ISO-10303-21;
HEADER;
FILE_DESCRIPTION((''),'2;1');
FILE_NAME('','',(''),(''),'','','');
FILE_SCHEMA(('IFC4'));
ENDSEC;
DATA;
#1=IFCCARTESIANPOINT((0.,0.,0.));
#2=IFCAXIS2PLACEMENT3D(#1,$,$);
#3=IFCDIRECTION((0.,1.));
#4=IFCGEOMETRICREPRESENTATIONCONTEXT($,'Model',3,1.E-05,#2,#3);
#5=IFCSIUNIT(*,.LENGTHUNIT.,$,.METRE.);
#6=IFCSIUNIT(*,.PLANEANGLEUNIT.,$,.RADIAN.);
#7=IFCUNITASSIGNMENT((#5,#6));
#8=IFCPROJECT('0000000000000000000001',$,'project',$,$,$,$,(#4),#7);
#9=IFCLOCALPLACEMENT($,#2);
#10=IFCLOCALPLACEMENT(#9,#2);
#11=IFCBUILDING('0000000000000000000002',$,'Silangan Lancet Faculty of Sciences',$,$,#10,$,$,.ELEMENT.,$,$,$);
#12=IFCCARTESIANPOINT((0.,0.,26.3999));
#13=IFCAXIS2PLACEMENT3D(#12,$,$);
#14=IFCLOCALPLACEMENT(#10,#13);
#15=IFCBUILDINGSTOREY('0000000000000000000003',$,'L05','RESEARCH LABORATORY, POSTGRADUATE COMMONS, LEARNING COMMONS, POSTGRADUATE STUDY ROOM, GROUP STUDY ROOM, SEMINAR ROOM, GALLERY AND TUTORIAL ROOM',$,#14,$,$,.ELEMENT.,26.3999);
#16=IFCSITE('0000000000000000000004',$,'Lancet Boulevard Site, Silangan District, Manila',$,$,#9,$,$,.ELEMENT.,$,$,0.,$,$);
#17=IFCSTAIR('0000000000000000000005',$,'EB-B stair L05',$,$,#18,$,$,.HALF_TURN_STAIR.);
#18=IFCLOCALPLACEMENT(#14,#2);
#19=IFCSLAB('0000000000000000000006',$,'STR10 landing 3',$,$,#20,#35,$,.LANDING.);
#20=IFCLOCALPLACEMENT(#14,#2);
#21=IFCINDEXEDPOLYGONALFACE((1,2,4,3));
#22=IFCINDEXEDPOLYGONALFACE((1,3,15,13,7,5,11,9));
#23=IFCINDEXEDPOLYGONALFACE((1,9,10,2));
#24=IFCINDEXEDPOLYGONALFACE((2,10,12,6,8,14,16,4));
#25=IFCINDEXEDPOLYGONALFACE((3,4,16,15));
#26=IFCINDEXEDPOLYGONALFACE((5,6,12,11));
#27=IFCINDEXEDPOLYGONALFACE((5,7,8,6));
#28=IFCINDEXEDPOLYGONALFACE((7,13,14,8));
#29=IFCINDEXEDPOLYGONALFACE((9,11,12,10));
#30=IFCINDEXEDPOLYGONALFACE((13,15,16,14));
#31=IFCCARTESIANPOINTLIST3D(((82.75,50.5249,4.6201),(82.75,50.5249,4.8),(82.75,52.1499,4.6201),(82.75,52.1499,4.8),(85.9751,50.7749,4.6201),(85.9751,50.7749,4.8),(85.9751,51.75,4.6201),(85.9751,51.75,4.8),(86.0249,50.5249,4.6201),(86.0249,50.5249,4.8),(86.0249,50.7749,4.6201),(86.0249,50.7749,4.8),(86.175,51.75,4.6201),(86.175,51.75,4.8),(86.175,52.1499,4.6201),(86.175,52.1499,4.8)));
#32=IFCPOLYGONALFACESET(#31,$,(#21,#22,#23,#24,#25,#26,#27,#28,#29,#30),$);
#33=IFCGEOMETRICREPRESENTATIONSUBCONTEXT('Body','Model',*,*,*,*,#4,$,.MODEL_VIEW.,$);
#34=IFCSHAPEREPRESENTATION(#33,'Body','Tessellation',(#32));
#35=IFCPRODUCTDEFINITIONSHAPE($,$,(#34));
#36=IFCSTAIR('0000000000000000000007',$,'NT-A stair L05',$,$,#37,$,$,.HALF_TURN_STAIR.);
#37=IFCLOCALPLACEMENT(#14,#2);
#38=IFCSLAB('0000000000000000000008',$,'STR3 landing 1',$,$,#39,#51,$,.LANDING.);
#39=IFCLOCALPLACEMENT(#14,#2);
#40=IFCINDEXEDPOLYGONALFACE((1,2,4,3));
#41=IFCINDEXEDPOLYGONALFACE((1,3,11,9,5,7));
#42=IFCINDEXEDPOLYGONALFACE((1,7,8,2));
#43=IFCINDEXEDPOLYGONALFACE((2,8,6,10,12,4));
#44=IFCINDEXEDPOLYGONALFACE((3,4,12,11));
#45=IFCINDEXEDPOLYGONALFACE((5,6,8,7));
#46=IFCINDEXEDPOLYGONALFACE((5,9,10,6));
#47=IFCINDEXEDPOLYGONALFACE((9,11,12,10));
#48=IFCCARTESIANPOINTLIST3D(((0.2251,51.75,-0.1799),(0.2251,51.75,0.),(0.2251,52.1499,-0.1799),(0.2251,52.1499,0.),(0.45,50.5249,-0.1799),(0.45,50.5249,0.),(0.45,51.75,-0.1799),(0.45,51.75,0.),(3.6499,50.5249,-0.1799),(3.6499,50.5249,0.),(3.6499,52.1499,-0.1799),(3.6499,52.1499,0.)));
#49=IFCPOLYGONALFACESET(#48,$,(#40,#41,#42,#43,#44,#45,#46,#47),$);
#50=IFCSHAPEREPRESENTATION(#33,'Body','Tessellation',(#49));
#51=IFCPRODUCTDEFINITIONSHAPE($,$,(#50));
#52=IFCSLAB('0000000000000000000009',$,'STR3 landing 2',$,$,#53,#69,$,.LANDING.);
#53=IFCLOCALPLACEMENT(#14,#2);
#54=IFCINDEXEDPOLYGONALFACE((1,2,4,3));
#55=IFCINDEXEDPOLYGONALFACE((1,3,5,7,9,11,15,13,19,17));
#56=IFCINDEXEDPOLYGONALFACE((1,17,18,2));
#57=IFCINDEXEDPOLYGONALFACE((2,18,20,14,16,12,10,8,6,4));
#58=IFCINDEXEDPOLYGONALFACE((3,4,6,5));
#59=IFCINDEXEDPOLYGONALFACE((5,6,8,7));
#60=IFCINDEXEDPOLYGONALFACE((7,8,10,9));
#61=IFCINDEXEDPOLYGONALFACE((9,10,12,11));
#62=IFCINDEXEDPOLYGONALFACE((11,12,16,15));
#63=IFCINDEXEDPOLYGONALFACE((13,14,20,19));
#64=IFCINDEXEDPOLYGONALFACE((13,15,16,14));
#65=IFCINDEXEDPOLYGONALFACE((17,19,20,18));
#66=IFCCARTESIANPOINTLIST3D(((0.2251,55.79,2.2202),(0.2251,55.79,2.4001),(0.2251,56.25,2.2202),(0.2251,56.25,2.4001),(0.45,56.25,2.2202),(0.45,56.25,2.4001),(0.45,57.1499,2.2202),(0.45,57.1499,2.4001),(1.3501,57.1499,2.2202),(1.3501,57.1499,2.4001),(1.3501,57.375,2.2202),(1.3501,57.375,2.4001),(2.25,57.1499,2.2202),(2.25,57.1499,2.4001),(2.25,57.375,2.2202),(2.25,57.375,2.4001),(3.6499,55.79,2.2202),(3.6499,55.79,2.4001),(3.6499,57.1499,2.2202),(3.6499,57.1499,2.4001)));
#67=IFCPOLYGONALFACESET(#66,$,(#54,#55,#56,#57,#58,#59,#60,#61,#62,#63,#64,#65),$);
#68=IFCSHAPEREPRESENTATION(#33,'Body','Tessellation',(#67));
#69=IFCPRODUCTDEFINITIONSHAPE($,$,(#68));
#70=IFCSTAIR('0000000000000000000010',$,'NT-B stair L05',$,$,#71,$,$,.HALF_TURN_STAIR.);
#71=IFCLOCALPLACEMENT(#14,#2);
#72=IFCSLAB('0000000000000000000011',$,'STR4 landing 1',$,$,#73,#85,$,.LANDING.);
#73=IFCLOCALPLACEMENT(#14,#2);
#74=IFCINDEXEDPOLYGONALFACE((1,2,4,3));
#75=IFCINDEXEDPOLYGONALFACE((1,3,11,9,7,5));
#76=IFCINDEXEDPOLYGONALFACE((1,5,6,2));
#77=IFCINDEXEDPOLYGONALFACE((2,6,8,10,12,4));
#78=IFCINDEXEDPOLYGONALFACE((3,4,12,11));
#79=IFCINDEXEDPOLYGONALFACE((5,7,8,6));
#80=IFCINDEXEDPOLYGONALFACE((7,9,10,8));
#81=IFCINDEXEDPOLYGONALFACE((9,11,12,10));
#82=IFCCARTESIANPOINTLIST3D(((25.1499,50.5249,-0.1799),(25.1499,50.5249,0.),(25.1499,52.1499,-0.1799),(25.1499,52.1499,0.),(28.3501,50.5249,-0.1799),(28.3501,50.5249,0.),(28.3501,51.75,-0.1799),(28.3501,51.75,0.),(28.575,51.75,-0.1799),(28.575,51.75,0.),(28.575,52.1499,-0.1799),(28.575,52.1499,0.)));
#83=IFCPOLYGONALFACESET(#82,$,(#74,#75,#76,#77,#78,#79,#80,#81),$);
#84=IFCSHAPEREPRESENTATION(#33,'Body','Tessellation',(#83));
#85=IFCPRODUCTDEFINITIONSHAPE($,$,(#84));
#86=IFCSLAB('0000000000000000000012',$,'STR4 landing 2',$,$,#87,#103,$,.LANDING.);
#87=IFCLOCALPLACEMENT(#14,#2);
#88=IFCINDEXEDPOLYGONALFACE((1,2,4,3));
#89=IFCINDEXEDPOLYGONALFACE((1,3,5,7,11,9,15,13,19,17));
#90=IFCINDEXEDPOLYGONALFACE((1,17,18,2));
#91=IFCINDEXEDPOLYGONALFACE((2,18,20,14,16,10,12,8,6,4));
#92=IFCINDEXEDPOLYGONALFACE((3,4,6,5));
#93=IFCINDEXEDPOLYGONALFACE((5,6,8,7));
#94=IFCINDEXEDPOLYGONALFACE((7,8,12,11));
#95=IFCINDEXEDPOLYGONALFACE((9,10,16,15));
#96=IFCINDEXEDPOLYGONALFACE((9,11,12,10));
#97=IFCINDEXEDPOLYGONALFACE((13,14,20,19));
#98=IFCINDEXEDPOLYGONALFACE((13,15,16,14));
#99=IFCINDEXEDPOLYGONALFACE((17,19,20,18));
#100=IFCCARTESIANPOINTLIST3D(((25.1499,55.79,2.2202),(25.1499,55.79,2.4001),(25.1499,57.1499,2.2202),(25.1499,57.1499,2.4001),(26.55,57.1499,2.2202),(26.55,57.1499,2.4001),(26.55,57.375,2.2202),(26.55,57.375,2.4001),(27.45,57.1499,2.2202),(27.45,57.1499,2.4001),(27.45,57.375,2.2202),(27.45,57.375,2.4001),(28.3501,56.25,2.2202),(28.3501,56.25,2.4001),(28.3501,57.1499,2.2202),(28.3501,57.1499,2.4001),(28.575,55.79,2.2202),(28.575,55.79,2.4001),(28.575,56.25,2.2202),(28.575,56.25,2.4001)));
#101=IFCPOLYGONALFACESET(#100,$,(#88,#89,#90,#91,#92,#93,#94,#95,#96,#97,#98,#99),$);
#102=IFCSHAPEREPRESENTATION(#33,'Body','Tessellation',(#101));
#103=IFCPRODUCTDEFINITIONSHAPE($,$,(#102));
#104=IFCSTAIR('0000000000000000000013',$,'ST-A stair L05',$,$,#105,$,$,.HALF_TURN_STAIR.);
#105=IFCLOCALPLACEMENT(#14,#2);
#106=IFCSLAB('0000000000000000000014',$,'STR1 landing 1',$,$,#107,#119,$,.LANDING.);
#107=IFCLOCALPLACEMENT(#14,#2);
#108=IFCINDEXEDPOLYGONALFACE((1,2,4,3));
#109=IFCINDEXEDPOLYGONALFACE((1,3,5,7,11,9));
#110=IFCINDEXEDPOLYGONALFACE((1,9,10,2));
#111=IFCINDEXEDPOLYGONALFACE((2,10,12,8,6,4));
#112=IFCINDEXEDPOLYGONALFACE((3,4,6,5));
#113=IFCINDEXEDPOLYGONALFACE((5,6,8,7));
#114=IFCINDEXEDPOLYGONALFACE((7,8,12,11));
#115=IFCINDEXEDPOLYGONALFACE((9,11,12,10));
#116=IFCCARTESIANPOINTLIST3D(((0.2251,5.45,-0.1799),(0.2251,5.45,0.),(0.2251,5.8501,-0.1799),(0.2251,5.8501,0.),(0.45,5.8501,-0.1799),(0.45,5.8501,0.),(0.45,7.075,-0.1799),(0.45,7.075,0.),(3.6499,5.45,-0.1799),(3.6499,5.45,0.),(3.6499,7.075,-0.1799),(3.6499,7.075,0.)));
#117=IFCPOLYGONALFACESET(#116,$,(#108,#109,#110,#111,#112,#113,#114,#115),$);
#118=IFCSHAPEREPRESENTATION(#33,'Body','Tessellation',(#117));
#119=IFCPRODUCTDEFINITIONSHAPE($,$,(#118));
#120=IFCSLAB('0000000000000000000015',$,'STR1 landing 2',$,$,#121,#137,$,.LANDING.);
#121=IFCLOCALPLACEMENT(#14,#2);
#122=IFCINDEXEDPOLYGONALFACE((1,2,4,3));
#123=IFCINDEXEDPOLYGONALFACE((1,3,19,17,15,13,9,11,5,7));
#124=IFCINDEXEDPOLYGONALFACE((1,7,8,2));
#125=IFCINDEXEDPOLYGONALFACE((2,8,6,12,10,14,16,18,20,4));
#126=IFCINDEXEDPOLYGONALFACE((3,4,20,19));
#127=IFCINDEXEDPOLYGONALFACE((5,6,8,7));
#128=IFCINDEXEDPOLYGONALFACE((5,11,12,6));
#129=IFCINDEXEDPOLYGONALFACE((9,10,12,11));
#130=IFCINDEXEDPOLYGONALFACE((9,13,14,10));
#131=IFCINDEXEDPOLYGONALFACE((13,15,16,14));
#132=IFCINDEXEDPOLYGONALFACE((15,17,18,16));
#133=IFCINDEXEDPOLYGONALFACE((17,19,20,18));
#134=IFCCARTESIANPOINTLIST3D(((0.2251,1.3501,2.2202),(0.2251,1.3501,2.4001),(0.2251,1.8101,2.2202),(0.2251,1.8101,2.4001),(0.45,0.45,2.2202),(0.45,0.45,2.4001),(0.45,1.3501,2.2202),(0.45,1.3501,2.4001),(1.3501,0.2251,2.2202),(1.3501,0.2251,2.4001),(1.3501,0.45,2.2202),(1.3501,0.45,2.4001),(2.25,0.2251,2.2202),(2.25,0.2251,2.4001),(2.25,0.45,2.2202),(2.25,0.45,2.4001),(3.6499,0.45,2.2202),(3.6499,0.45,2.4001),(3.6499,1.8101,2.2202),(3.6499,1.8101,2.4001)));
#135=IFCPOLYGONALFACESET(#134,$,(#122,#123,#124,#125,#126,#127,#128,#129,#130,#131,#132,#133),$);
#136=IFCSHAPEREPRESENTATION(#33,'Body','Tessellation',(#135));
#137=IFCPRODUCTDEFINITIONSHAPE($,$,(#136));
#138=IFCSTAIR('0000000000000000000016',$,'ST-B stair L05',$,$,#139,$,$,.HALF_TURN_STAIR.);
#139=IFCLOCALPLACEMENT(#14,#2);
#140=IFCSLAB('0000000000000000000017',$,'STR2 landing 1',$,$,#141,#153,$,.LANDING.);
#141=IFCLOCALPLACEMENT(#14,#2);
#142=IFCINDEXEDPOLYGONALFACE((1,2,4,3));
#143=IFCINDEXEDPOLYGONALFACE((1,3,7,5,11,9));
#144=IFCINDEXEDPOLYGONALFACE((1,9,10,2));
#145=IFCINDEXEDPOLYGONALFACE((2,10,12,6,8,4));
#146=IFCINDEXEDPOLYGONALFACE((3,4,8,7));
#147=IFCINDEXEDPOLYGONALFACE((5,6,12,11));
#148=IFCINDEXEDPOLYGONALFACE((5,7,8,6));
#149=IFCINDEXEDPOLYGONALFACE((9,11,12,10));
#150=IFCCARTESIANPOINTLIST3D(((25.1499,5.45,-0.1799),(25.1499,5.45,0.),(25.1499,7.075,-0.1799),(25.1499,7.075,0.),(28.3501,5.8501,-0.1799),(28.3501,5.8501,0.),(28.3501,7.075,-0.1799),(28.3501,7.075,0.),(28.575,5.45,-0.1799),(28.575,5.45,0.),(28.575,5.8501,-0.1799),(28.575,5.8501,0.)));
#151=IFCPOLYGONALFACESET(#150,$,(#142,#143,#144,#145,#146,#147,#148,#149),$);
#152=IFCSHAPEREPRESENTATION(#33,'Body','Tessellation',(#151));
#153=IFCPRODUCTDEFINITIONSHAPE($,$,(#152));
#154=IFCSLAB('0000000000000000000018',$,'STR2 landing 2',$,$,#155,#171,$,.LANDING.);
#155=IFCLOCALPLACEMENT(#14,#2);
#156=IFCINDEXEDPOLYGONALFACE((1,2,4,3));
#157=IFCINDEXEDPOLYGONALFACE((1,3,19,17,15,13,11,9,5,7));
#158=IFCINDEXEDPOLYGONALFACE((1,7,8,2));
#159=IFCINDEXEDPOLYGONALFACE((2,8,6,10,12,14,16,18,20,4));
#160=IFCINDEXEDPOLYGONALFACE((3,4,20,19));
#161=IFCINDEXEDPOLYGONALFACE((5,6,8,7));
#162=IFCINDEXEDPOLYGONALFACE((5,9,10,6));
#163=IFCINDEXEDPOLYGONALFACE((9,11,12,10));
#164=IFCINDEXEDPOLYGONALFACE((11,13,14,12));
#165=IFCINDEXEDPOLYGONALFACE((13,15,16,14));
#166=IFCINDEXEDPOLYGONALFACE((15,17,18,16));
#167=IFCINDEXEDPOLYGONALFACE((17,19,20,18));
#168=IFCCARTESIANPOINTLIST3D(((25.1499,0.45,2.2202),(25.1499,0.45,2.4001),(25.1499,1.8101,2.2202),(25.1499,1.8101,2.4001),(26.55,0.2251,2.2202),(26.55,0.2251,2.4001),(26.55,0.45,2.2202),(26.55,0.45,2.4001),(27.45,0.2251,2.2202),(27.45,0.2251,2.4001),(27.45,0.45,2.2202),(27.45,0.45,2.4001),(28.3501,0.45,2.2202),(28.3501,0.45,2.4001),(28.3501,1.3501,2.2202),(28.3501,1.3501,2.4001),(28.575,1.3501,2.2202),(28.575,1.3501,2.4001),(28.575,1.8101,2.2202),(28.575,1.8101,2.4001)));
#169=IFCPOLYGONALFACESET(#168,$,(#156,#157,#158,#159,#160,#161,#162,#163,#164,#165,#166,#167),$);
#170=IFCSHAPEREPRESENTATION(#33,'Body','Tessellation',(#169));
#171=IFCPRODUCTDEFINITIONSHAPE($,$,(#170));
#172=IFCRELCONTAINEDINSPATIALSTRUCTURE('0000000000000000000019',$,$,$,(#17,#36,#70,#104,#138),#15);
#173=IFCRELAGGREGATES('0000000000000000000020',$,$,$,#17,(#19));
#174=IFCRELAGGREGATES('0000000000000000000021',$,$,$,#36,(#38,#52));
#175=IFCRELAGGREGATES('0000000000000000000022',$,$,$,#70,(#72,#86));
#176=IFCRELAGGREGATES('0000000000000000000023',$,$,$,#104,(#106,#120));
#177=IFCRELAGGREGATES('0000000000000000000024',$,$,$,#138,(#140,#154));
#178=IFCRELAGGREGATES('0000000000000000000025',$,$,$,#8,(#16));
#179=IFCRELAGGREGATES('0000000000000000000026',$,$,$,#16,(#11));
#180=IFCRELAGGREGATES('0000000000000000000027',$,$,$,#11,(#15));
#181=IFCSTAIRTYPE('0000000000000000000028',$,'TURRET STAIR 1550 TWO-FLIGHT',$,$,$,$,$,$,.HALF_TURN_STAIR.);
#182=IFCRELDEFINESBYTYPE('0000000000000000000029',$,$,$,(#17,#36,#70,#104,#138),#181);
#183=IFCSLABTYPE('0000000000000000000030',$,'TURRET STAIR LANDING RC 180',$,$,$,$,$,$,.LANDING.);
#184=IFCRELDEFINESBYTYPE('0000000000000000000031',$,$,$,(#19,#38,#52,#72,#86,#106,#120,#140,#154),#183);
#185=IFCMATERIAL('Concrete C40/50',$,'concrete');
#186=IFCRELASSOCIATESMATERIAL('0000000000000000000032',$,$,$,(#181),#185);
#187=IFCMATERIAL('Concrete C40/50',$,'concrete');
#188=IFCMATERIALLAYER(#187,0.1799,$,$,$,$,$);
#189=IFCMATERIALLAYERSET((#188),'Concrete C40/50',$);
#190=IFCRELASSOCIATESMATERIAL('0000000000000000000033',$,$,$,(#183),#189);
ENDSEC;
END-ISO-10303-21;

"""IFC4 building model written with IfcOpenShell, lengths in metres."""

from ifc_helpers import new_model, si_unit, direction, frame, origin, place, context, subcontext, project, spatial, polyline, outline, extrude, material, layer, layer_set, type_object, element, aggregate, save


model = new_model("IFC4")

# Units and contexts
model_context = context("Model", 3, precision=1e-05, world=origin(), true_north=direction((0.0, 1.0)))
body_context = subcontext(model_context, "Body", "Model", "MODEL_VIEW")
ifc_project = project(units=[si_unit("LENGTHUNIT", "METRE"), si_unit("PLANEANGLEUNIT", "RADIAN")], contexts=[model_context])

# Site, building, storey
site_placement = place(None, origin())
site = spatial("IfcSite", under=ifc_project, at=site_placement, Name="Lancet Boulevard Site, Silangan District, Manila", CompositionType="ELEMENT", RefElevation=0.0)
building_placement = place(site_placement, origin())
building = spatial("IfcBuilding", under=site, at=building_placement, Name="Silangan Lancet Faculty of Sciences", CompositionType="ELEMENT")
storey_placement = place(building_placement, frame((0.0, 0.0, 26.3999)))
storey = spatial("IfcBuildingStorey", under=building, at=storey_placement, Name="L05", Description="RESEARCH LABORATORY, POSTGRADUATE COMMONS, LEARNING COMMONS, POSTGRADUATE STUDY ROOM, GROUP STUDY ROOM, SEMINAR ROOM, GALLERY AND TUTORIAL ROOM", CompositionType="ELEMENT", Elevation=26.3999)

# Stairs, slabs
ifc_material_1 = material(Name="Concrete C40/50", Category="concrete")
stair_type = type_object("IfcStairType", Name="TURRET STAIR 1550 TWO-FLIGHT", PredefinedType="HALF_TURN_STAIR", material=ifc_material_1)
stair_1_placement = place(storey_placement, origin())
stair_1 = element("IfcStair", 1, at=stair_1_placement, inside=storey, type_object=stair_type, Name="EB-B stair L05", PredefinedType="HALF_TURN_STAIR")
ifc_material_2 = material(Name="Concrete C40/50", Category="concrete")
ifc_layer_1 = layer(ifc_material_2, 0.1799)
ifc_layer_set_1 = layer_set([ifc_layer_1], Name="Concrete C40/50")
slab_type_1 = type_object("IfcSlabType", Name="TURRET STAIR LANDING RC 180", PredefinedType="LANDING", material=ifc_layer_set_1)
slab_1_placement = place(storey_placement, frame((0.0, 0.0, 4.6201)))
slab_1 = element("IfcSlab", 2, at=slab_1_placement, type_object=slab_type_1, Name="STR10 landing 3", PredefinedType="LANDING", context=body_context, shape_type="SweptSolid", body=[
    extrude(outline(polyline([(86.0249, 50.5249), (82.75, 50.5249), (82.75, 52.1499), (86.175, 52.1499), (86.175, 51.75), (85.9751, 51.75), (85.9751, 50.7749), (86.0249, 50.7749), (86.0249, 50.5249)])), origin(), (0.0, 0.0, 1.0), 0.1799),
])
aggregate(stair_1, [slab_1])
stair_2_placement = place(storey_placement, origin())
stair_2 = element("IfcStair", 3, at=stair_2_placement, inside=storey, type_object=stair_type, Name="NT-A stair L05", PredefinedType="HALF_TURN_STAIR")
slab_2_placement = place(storey_placement, frame((0.0, 0.0, -0.1799)))
slab_2 = element("IfcSlab", 4, at=slab_2_placement, type_object=slab_type_1, Name="STR3 landing 1", PredefinedType="LANDING", context=body_context, shape_type="SweptSolid", body=[
    extrude(outline(polyline([(0.2251, 52.1499), (3.6499, 52.1499), (3.6499, 50.5249), (0.45, 50.5249), (0.45, 51.75), (0.2251, 51.75), (0.2251, 52.1499)])), origin(), (0.0, 0.0, 1.0), 0.1799),
])
slab_3_placement = place(storey_placement, frame((0.0, 0.0, 2.2202)))
slab_3 = element("IfcSlab", 5, at=slab_3_placement, type_object=slab_type_1, Name="STR3 landing 2", PredefinedType="LANDING", context=body_context, shape_type="SweptSolid", body=[
    extrude(outline(polyline([(0.45, 57.1499), (1.3501, 57.1499), (1.3501, 57.375), (2.25, 57.375), (2.25, 57.1499), (3.6499, 57.1499), (3.6499, 55.79), (0.2251, 55.79), (0.2251, 56.25), (0.45, 56.25), (0.45, 57.1499)])), origin(), (0.0, 0.0, 1.0), 0.1799),
])
aggregate(stair_2, [slab_2, slab_3])
stair_3_placement = place(storey_placement, origin())
stair_3 = element("IfcStair", 6, at=stair_3_placement, inside=storey, type_object=stair_type, Name="NT-B stair L05", PredefinedType="HALF_TURN_STAIR")
slab_4_placement = place(storey_placement, frame((0.0, 0.0, -0.1799)))
slab_4 = element("IfcSlab", 7, at=slab_4_placement, type_object=slab_type_1, Name="STR4 landing 1", PredefinedType="LANDING", context=body_context, shape_type="SweptSolid", body=[
    extrude(outline(polyline([(28.3501, 50.5249), (25.1499, 50.5249), (25.1499, 52.1499), (28.575, 52.1499), (28.575, 51.75), (28.3501, 51.75), (28.3501, 50.5249)])), origin(), (0.0, 0.0, 1.0), 0.1799),
])
slab_5_placement = place(storey_placement, frame((0.0, 0.0, 2.2202)))
slab_5 = element("IfcSlab", 8, at=slab_5_placement, type_object=slab_type_1, Name="STR4 landing 2", PredefinedType="LANDING", context=body_context, shape_type="SweptSolid", body=[
    extrude(outline(polyline([(28.3501, 56.25), (28.575, 56.25), (28.575, 55.79), (25.1499, 55.79), (25.1499, 57.1499), (26.55, 57.1499), (26.55, 57.375), (27.45, 57.375), (27.45, 57.1499), (28.3501, 57.1499), (28.3501, 56.25)])), origin(), (0.0, 0.0, 1.0), 0.1799),
])
aggregate(stair_3, [slab_4, slab_5])
stair_4_placement = place(storey_placement, origin())
stair_4 = element("IfcStair", 9, at=stair_4_placement, inside=storey, type_object=stair_type, Name="ST-A stair L05", PredefinedType="HALF_TURN_STAIR")
slab_6_placement = place(storey_placement, frame((0.0, 0.0, -0.1799)))
slab_6 = element("IfcSlab", 10, at=slab_6_placement, type_object=slab_type_1, Name="STR1 landing 1", PredefinedType="LANDING", context=body_context, shape_type="SweptSolid", body=[
    extrude(outline(polyline([(0.45, 7.075), (3.6499, 7.075), (3.6499, 5.45), (0.2251, 5.45), (0.2251, 5.8501), (0.45, 5.8501), (0.45, 7.075)])), origin(), (0.0, 0.0, 1.0), 0.1799),
])
slab_7_placement = place(storey_placement, frame((0.0, 0.0, 2.2202)))
slab_7 = element("IfcSlab", 11, at=slab_7_placement, type_object=slab_type_1, Name="STR1 landing 2", PredefinedType="LANDING", context=body_context, shape_type="SweptSolid", body=[
    extrude(outline(polyline([(0.45, 0.45), (0.45, 1.3501), (0.2251, 1.3501), (0.2251, 1.8101), (3.6499, 1.8101), (3.6499, 0.45), (2.25, 0.45), (2.25, 0.2251), (1.3501, 0.2251), (1.3501, 0.45), (0.45, 0.45)])), origin(), (0.0, 0.0, 1.0), 0.1799),
])
aggregate(stair_4, [slab_6, slab_7])
stair_5_placement = place(storey_placement, origin())
stair_5 = element("IfcStair", 12, at=stair_5_placement, inside=storey, type_object=stair_type, Name="ST-B stair L05", PredefinedType="HALF_TURN_STAIR")
slab_8_placement = place(storey_placement, frame((0.0, 0.0, -0.1799)))
slab_8 = element("IfcSlab", 13, at=slab_8_placement, type_object=slab_type_1, Name="STR2 landing 1", PredefinedType="LANDING", context=body_context, shape_type="SweptSolid", body=[
    extrude(outline(polyline([(28.3501, 5.8501), (28.575, 5.8501), (28.575, 5.45), (25.1499, 5.45), (25.1499, 7.075), (28.3501, 7.075), (28.3501, 5.8501)])), origin(), (0.0, 0.0, 1.0), 0.1799),
])
slab_9_placement = place(storey_placement, frame((0.0, 0.0, 2.2202)))
slab_9 = element("IfcSlab", 14, at=slab_9_placement, type_object=slab_type_1, Name="STR2 landing 2", PredefinedType="LANDING", context=body_context, shape_type="SweptSolid", body=[
    extrude(outline(polyline([(28.575, 1.3501), (28.3501, 1.3501), (28.3501, 0.45), (27.45, 0.45), (27.45, 0.2251), (26.55, 0.2251), (26.55, 0.45), (25.1499, 0.45), (25.1499, 1.8101), (28.575, 1.8101), (28.575, 1.3501)])), origin(), (0.0, 0.0, 1.0), 0.1799),
])
aggregate(stair_5, [slab_8, slab_9])

save(model, "model.ifc")
